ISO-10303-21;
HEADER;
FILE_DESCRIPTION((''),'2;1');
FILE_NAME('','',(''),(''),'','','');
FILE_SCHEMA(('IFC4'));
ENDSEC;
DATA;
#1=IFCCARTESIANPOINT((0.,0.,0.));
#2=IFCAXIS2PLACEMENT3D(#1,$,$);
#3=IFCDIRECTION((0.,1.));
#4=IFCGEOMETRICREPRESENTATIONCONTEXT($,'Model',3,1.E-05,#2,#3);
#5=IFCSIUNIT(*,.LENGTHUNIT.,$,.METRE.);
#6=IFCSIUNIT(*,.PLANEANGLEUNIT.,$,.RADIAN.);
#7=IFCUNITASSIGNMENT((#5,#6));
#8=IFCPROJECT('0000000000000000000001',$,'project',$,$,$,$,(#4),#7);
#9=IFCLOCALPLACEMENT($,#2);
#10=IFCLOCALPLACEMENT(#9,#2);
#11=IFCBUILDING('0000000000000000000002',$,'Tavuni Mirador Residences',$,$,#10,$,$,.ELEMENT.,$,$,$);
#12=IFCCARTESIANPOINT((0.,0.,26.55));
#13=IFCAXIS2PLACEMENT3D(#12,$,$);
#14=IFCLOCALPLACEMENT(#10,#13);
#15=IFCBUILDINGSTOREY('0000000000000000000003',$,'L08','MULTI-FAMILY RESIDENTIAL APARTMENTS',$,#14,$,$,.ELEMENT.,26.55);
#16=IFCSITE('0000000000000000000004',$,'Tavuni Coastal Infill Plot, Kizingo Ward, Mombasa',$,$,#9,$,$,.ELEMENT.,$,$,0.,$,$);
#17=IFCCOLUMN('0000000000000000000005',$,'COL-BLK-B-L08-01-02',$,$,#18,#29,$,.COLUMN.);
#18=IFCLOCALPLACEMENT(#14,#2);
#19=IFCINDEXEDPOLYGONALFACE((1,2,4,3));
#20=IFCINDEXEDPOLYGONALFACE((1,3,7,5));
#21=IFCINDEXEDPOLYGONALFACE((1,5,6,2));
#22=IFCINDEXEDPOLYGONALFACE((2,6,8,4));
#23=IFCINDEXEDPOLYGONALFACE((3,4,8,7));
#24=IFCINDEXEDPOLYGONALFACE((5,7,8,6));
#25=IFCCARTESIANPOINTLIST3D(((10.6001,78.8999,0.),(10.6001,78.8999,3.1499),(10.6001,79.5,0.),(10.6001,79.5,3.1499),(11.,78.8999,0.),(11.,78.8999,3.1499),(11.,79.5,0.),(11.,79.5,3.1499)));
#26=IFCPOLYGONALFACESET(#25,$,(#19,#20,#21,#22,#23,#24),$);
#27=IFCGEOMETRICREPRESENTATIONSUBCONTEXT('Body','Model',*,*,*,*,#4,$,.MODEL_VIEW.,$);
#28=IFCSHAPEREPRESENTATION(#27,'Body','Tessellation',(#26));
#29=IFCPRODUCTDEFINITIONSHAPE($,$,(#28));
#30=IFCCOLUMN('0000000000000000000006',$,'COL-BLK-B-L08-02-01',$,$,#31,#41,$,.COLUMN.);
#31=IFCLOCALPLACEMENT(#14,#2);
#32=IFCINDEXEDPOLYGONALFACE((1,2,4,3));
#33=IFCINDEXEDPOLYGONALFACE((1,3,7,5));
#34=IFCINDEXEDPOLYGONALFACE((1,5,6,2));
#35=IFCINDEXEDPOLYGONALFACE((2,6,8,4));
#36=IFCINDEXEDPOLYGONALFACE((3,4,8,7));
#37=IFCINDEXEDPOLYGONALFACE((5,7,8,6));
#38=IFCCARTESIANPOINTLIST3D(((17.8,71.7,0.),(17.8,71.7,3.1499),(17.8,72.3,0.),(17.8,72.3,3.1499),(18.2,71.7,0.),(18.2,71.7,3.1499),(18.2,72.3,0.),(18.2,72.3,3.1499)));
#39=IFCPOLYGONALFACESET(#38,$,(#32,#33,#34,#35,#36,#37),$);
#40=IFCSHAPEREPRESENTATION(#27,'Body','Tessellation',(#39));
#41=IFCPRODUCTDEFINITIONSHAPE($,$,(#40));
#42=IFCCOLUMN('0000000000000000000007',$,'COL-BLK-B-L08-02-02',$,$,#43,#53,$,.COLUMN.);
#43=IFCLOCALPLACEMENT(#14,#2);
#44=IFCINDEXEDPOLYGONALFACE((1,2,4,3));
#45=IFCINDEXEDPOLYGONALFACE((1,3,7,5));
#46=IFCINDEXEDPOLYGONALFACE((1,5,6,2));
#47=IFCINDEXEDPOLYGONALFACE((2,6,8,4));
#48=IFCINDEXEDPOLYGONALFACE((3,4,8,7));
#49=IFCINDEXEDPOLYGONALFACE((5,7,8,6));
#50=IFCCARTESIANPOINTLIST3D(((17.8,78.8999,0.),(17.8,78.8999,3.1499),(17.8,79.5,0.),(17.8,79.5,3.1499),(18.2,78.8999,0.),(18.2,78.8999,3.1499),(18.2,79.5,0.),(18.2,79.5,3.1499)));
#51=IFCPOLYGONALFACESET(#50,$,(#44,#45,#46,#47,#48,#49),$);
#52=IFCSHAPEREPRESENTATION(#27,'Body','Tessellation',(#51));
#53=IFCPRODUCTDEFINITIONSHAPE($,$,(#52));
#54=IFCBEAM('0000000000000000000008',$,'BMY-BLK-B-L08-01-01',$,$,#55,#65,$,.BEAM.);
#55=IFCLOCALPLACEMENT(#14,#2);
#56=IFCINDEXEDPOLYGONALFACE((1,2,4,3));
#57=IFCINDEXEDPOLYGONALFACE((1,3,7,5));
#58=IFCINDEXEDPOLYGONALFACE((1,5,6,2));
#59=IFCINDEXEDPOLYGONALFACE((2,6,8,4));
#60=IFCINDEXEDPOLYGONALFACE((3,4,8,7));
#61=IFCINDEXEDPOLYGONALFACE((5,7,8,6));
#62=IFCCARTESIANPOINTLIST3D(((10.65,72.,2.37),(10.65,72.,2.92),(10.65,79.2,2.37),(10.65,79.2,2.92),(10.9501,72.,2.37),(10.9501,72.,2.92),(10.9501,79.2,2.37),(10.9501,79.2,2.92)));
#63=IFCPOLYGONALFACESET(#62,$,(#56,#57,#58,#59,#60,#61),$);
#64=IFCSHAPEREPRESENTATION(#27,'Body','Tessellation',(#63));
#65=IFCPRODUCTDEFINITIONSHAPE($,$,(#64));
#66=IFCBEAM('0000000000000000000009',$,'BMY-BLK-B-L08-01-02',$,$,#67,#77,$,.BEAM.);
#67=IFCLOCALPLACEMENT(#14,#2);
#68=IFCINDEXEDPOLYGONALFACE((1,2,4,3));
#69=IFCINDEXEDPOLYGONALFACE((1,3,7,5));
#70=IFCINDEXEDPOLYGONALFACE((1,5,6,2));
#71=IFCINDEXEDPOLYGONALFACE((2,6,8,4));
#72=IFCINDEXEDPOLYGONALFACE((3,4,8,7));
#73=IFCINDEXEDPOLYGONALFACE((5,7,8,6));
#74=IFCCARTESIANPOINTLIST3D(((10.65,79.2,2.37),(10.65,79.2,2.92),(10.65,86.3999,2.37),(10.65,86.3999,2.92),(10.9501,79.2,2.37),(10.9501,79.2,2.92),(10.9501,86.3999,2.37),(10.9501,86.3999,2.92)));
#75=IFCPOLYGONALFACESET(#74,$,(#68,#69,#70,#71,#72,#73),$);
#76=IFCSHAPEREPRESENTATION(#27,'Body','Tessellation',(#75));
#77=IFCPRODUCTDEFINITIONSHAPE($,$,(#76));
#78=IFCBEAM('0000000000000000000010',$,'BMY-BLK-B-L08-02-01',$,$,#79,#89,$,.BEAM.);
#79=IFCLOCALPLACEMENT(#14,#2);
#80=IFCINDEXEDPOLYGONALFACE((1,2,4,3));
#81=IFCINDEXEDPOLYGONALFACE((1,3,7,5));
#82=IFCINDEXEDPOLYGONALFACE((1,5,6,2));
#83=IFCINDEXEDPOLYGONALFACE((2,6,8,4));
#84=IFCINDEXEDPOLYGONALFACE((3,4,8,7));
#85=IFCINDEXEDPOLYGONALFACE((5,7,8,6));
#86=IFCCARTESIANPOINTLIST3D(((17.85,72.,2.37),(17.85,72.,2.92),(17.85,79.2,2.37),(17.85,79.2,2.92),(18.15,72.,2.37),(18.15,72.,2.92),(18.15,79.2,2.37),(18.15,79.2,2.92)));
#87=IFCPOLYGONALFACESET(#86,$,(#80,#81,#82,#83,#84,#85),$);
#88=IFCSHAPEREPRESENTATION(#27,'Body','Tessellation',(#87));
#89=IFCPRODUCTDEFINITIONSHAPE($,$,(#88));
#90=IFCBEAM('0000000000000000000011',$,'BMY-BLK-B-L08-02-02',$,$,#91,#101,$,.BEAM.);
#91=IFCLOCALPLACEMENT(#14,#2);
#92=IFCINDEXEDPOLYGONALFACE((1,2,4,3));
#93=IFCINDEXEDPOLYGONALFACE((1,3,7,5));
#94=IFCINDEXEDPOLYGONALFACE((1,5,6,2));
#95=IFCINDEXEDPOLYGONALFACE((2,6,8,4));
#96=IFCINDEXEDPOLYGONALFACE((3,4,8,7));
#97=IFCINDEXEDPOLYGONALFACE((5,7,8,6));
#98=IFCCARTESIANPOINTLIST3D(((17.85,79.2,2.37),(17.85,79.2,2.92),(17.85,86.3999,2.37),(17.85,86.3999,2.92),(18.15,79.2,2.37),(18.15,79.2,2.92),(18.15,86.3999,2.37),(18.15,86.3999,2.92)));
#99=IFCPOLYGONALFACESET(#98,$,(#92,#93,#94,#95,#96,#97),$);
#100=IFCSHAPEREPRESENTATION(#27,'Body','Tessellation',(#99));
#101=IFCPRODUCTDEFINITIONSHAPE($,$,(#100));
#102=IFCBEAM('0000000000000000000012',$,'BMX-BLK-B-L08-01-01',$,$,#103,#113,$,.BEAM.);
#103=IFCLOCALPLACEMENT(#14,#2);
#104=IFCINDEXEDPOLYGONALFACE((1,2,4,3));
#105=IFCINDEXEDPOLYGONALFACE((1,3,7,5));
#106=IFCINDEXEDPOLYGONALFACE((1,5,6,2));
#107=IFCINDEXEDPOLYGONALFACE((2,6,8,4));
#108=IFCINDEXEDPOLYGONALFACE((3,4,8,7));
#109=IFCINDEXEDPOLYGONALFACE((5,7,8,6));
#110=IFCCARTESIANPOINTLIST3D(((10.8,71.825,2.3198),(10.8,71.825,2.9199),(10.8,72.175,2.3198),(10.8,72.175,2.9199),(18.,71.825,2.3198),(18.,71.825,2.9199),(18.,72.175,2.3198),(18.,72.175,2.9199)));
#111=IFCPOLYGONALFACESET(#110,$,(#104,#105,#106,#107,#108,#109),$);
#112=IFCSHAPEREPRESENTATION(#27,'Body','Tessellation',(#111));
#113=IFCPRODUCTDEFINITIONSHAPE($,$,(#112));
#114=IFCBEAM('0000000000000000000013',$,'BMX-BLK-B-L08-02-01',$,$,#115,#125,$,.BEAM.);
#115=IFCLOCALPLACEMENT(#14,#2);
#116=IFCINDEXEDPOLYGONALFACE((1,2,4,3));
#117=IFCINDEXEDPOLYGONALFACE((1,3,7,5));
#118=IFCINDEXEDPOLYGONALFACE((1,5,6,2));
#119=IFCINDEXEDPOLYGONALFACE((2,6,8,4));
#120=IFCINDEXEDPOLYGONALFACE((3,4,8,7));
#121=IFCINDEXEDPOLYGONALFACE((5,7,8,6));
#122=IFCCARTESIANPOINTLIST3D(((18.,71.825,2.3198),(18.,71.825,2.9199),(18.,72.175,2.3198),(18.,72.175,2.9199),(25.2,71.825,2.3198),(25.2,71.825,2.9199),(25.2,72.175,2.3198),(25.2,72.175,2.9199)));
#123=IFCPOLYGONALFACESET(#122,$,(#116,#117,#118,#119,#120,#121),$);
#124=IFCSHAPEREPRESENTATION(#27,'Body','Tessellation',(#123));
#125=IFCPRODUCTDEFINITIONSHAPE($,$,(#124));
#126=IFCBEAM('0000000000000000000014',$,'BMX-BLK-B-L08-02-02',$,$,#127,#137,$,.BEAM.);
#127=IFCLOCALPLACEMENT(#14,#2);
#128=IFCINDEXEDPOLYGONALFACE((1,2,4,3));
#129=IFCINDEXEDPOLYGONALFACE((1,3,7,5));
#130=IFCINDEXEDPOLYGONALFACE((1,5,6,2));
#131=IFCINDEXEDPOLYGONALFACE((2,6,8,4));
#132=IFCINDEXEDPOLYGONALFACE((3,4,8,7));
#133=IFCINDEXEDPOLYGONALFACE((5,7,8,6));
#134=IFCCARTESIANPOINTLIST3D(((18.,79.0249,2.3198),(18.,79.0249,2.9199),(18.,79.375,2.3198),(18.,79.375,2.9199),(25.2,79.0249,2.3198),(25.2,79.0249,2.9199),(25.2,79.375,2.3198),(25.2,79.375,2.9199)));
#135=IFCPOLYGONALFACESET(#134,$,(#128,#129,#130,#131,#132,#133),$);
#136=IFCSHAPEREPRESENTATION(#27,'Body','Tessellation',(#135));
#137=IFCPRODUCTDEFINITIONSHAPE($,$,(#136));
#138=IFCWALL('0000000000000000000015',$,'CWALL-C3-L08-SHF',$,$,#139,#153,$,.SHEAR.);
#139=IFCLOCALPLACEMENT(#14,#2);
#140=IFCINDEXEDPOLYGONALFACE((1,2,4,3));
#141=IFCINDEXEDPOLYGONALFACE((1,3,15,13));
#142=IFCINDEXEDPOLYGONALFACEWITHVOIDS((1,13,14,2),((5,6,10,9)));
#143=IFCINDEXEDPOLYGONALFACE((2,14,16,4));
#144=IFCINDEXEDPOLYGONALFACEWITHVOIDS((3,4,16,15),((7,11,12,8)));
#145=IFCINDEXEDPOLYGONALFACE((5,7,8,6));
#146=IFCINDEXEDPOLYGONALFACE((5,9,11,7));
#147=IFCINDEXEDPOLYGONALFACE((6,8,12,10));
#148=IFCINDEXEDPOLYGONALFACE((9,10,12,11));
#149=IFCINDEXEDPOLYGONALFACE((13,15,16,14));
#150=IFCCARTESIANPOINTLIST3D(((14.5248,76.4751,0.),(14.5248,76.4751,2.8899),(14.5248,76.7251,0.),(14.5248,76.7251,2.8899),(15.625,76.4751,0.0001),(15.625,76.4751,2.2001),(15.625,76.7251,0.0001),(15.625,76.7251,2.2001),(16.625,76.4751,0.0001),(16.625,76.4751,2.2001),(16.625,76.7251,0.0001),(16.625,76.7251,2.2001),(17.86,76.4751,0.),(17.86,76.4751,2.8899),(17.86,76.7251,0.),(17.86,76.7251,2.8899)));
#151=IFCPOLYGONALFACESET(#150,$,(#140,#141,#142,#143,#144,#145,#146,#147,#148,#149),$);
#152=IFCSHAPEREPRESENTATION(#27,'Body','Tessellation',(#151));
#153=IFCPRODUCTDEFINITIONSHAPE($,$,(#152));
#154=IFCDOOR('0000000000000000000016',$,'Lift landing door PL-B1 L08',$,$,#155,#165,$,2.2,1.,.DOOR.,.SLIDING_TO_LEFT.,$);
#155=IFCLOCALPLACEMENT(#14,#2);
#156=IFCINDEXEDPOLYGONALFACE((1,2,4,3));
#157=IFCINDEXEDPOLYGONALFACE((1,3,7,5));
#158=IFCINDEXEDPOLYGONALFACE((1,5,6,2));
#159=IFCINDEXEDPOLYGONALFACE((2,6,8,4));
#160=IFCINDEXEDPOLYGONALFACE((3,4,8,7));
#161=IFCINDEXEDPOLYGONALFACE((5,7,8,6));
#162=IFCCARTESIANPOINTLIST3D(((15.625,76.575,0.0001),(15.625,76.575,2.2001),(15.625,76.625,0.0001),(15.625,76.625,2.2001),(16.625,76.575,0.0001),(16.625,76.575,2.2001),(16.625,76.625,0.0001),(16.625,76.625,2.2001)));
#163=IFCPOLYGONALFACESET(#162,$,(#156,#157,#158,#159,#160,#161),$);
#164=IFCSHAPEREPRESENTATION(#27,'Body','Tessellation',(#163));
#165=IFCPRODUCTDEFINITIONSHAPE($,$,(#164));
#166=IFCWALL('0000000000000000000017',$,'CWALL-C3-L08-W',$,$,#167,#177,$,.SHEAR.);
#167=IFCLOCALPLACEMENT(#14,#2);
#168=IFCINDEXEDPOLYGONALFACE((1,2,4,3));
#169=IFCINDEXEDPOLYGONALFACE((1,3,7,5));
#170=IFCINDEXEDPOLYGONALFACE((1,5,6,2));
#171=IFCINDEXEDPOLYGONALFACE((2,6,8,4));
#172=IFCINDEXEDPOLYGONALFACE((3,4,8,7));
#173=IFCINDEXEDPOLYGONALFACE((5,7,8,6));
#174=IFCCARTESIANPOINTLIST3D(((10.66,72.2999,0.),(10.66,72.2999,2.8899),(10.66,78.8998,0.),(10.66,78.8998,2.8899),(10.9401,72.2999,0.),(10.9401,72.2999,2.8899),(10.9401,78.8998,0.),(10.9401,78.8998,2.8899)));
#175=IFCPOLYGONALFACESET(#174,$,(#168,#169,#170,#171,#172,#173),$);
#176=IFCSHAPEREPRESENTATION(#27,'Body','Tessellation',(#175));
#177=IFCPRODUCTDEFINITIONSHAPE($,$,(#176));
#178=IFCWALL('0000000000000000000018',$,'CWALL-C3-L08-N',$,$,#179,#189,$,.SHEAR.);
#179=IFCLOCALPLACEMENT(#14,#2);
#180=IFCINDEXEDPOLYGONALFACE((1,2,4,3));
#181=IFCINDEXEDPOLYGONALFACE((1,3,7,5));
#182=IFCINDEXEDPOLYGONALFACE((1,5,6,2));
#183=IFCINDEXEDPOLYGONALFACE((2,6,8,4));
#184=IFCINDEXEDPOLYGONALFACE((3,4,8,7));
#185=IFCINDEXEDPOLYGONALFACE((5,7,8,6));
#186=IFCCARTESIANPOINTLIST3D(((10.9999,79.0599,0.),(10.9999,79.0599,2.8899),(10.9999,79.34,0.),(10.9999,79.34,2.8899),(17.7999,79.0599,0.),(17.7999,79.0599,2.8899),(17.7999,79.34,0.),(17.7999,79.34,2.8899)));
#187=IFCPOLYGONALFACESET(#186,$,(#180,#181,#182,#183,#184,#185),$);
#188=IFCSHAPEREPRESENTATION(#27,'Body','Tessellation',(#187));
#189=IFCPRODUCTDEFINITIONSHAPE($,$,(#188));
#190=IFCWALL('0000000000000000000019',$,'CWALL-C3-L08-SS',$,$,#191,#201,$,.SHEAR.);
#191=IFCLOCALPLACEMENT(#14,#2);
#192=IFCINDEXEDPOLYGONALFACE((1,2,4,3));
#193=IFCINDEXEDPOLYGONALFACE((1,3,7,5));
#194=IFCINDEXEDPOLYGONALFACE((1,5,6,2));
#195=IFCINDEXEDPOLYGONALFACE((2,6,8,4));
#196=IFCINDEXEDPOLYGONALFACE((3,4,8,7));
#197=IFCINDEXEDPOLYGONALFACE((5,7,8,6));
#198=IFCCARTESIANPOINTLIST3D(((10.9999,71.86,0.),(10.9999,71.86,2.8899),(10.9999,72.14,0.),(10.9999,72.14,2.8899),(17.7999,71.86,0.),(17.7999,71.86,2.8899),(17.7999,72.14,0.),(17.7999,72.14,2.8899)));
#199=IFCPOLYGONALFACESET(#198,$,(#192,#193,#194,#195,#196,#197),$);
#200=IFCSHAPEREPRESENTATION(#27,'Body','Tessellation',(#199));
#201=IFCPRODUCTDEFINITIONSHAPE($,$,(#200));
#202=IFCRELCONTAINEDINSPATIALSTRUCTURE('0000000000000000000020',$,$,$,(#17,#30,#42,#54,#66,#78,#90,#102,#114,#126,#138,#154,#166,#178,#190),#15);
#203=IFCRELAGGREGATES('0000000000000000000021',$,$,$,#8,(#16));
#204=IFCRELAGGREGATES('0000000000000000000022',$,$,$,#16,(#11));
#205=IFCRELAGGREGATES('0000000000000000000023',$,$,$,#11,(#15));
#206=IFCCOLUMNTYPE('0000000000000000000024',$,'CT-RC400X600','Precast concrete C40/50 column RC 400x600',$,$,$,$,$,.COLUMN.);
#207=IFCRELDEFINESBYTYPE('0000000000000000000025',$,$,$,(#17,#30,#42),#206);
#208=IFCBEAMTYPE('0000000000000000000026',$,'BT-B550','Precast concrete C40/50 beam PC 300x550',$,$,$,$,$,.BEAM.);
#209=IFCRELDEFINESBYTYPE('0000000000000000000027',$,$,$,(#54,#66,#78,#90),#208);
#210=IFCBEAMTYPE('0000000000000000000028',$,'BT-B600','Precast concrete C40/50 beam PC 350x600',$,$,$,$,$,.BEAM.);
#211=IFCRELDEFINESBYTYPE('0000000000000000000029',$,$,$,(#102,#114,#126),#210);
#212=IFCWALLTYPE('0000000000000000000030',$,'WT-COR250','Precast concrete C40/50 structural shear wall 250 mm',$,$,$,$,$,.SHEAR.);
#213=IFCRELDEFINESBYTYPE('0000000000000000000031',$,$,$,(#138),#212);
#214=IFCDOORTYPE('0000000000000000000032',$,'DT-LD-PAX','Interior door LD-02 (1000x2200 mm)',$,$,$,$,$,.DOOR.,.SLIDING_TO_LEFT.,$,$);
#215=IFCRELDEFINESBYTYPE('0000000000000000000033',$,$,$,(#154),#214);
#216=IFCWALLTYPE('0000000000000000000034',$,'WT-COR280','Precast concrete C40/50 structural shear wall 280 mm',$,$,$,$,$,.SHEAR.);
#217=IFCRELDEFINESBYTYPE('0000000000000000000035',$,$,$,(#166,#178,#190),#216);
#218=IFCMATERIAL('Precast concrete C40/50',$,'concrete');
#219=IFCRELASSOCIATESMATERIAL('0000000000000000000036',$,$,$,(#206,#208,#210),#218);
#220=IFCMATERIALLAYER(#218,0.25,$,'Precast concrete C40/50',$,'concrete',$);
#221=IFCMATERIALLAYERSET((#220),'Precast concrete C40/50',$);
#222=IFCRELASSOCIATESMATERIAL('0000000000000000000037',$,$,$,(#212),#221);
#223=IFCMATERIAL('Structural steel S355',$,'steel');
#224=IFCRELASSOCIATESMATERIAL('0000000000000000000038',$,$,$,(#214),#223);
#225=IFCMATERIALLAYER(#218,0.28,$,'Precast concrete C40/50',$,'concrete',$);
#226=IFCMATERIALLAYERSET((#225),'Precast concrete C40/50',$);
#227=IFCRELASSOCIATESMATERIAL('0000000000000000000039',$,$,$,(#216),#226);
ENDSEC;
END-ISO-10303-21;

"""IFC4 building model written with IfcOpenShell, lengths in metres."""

from ifc_helpers import new_model, si_unit, direction, frame, frame_2d, origin, origin_2d, place, context, subcontext, project, spatial, rectangle, extrude, material, layer, layer_set, material_profile, profile_set, type_object, element, fill, save


model = new_model("IFC4")

# Units and contexts
model_context = context("Model", 3, precision=1e-05, world=origin(), true_north=direction((0.0, 1.0)))
body_context = subcontext(model_context, "Body", "Model", "MODEL_VIEW")
ifc_project = project(units=[si_unit("LENGTHUNIT", "METRE"), si_unit("PLANEANGLEUNIT", "RADIAN")], contexts=[model_context])

# Site, building, storey
site_placement = place(None, origin())
site = spatial("IfcSite", under=ifc_project, at=site_placement, Name="Tavuni Coastal Infill Plot, Kizingo Ward, Mombasa", CompositionType="ELEMENT", RefElevation=0.0)
building_placement = place(site_placement, origin())
building = spatial("IfcBuilding", under=site, at=building_placement, Name="Tavuni Mirador Residences", CompositionType="ELEMENT")
storey_placement = place(building_placement, frame((0.0, 0.0, 26.55)))
storey = spatial("IfcBuildingStorey", under=building, at=storey_placement, Name="L08", Description="MULTI-FAMILY RESIDENTIAL APARTMENTS", CompositionType="ELEMENT", Elevation=26.55)

# Columns
ifc_material_1 = material(Name="Precast concrete C40/50", Category="concrete")
ifc_material_profile_1 = material_profile(ifc_material_1, rectangle(XDim=0.3999, YDim=0.6001, at=origin_2d()), Name="RC 400x600", Category="concrete")
ifc_profile_set_1 = profile_set([ifc_material_profile_1], Name="Precast concrete C40/50")
column_type = type_object("IfcColumnType", Name="CT-RC400X600", Description="Precast concrete C40/50 column RC 400x600", PredefinedType="COLUMN", material=ifc_profile_set_1)
for number, where, z_axis, x_axis, name in (
    (1, (10.8, 79.2, 0.0), (0.0, 0.0, 1.0), (1.0, 0.0, 0.0), "COL-BLK-B-L08-01-02"),
    (2, (18.0, 72.0, 0.0), (0.0, 0.0, 1.0), (1.0, 0.0, 0.0), "COL-BLK-B-L08-02-01"),
    (3, (18.0, 79.2, 0.0), (0.0, 0.0, 1.0), (1.0, 0.0, 0.0), "COL-BLK-B-L08-02-02"),
):
    element("IfcColumn", number, at=place(storey_placement, frame(where, z_axis=z_axis, x_axis=x_axis)), inside=storey, type_object=column_type, Name=name, PredefinedType="COLUMN", context=body_context, shape_type="SweptSolid", body=[
        extrude(rectangle(XDim=0.3999, YDim=0.6001, at=origin_2d()), origin(), (0.0, 0.0, 1.0), 3.1499),
    ])

# Beams
ifc_material_profile_2 = material_profile(ifc_material_1, rectangle(XDim=0.3, YDim=0.55, at=origin_2d()), Name="PC 300x550", Category="concrete")
ifc_profile_set_2 = profile_set([ifc_material_profile_2], Name="Precast concrete C40/50")
beam_type_1 = type_object("IfcBeamType", Name="BT-B550", Description="Precast concrete C40/50 beam PC 300x550", PredefinedType="BEAM", material=ifc_profile_set_2)
for number, where, z_axis, x_axis, name in (
    (4, (10.8, 72.0, 2.645), (0.0, 1.0, 0.0), (-1.0, 0.0, 0.0), "BMY-BLK-B-L08-01-01"),
    (5, (10.8, 79.2, 2.645), (0.0, 1.0, 0.0), (-1.0, 0.0, 0.0), "BMY-BLK-B-L08-01-02"),
    (6, (18.0, 72.0, 2.645), (0.0, 1.0, 0.0), (-1.0, 0.0, 0.0), "BMY-BLK-B-L08-02-01"),
    (7, (18.0, 79.2, 2.645), (0.0, 1.0, 0.0), (-1.0, 0.0, 0.0), "BMY-BLK-B-L08-02-02"),
):
    element("IfcBeam", number, at=place(storey_placement, frame(where, z_axis=z_axis, x_axis=x_axis)), inside=storey, type_object=beam_type_1, Name=name, PredefinedType="BEAM", context=body_context, shape_type="SweptSolid", body=[
        extrude(rectangle(XDim=0.3, YDim=0.55, at=origin_2d()), origin(), (0.0, 0.0, 1.0), 7.2),
    ])
ifc_material_profile_3 = material_profile(ifc_material_1, rectangle(XDim=0.3501, YDim=0.6001, at=origin_2d()), Name="PC 350x600", Category="concrete")
ifc_profile_set_3 = profile_set([ifc_material_profile_3], Name="Precast concrete C40/50")
beam_type_2 = type_object("IfcBeamType", Name="BT-B600", Description="Precast concrete C40/50 beam PC 350x600", PredefinedType="BEAM", material=ifc_profile_set_3)
for number, where, z_axis, x_axis, name in (
    (8, (10.8, 72.0, 2.6199), (1.0, 0.0, 0.0), (0.0, 1.0, 0.0), "BMX-BLK-B-L08-01-01"),
    (9, (18.0, 72.0, 2.6199), (1.0, 0.0, 0.0), (0.0, 1.0, 0.0), "BMX-BLK-B-L08-02-01"),
    (10, (18.0, 79.2, 2.6199), (1.0, 0.0, 0.0), (0.0, 1.0, 0.0), "BMX-BLK-B-L08-02-02"),
):
    element("IfcBeam", number, at=place(storey_placement, frame(where, z_axis=z_axis, x_axis=x_axis)), inside=storey, type_object=beam_type_2, Name=name, PredefinedType="BEAM", context=body_context, shape_type="SweptSolid", body=[
        extrude(rectangle(XDim=0.3501, YDim=0.6001, at=origin_2d()), origin(), (0.0, 0.0, 1.0), 7.2),
    ])

# Wall, opening, door
ifc_layer_1 = layer(ifc_material_1, 0.25, Name="Precast concrete C40/50", Category="concrete")
ifc_layer_set_1 = layer_set([ifc_layer_1], Name="Precast concrete C40/50")
wall_type_1 = type_object("IfcWallType", Name="WT-COR250", Description="Precast concrete C40/50 structural shear wall 250 mm", PredefinedType="SHEAR", material=ifc_layer_set_1)
wall_1_placement = place(storey_placement, frame((14.5249, 76.6001, 0.0), z_axis=(0.0, 0.0, 1.0), x_axis=(1.0, 0.0, 0.0)))
wall_1 = element("IfcWall", 11, at=wall_1_placement, inside=storey, type_object=wall_type_1, Name="CWALL-C3-L08-SHF", PredefinedType="SHEAR", context=body_context, shape_type="SweptSolid", body=[
    extrude(rectangle(XDim=3.3352, YDim=0.25, at=frame_2d((1.6675, 0.0))), origin(), (0.0, 0.0, 1.0), 2.8899),
])
opening_1_placement = place(wall_1_placement, frame((1.1001, 0.0, 0.0)))
opening_1 = element("IfcOpeningElement", 12, at=opening_1_placement, cuts=wall_1, PredefinedType="OPENING", context=body_context, shape_type="SweptSolid", body=[
    extrude(rectangle(XDim=1.0, YDim=2.2, at=frame_2d((0.5, 1.1001))), frame((0.0, 0.135, 0.0), z_axis=(0.0, -1.0, 0.0), x_axis=(1.0, 0.0, 0.0)), (0.0, 0.0, 1.0), 0.27),
])
ifc_material_2 = material(Name="Structural steel S355", Category="steel")
door_type_1 = type_object("IfcDoorType", Name="DT-LD-PAX", Description="Interior door LD-02 (1000x2200 mm)", OperationType="SLIDING_TO_LEFT", PredefinedType="DOOR", material=ifc_material_2)
door_1_placement = place(opening_1_placement, origin())
door_1 = element("IfcDoor", 13, at=door_1_placement, inside=storey, type_object=door_type_1, Name="Lift landing door PL-B1 L08", OperationType="SLIDING_TO_LEFT", OverallHeight=2.2, OverallWidth=1.0, PredefinedType="DOOR", context=body_context, shape_type="SweptSolid", body=[
    extrude(rectangle(XDim=1.0, YDim=2.2, at=frame_2d((0.5, 1.1001))), frame((0.0, 0.0249, 0.0), z_axis=(0.0, -1.0, 0.0), x_axis=(1.0, 0.0, 0.0)), (0.0, 0.0, 1.0), 0.05),
])
fill(opening_1, door_1)

# Walls
ifc_layer_2 = layer(ifc_material_1, 0.28, Name="Precast concrete C40/50", Category="concrete")
ifc_layer_set_2 = layer_set([ifc_layer_2], Name="Precast concrete C40/50")
wall_type_2 = type_object("IfcWallType", Name="WT-COR280", Description="Precast concrete C40/50 structural shear wall 280 mm", PredefinedType="SHEAR", material=ifc_layer_set_2)
wall_2_placement = place(storey_placement, frame((10.8, 72.3, 0.0), z_axis=(0.0, 0.0, 1.0), x_axis=(0.0, 1.0, 0.0)))
element("IfcWall", 14, at=wall_2_placement, inside=storey, type_object=wall_type_2, Name="CWALL-C3-L08-W", PredefinedType="SHEAR", context=body_context, shape_type="SweptSolid", body=[
    extrude(rectangle(XDim=6.5999, YDim=0.28, at=frame_2d((3.2998, 0.0))), origin(), (0.0, 0.0, 1.0), 2.8899),
])
wall_3_placement = place(storey_placement, frame((11.0, 79.2, 0.0), z_axis=(0.0, 0.0, 1.0), x_axis=(1.0, 0.0, 0.0)))
element("IfcWall", 15, at=wall_3_placement, inside=storey, type_object=wall_type_2, Name="CWALL-C3-L08-N", PredefinedType="SHEAR", context=body_context, shape_type="SweptSolid", body=[
    extrude(rectangle(XDim=6.8, YDim=0.28, at=frame_2d((3.3999, 0.0))), origin(), (0.0, 0.0, 1.0), 2.8899),
])

# Wall
wall_4_placement = place(storey_placement, frame((11.0, 72.0, 0.0), z_axis=(0.0, 0.0, 1.0), x_axis=(1.0, 0.0, 0.0)))
element("IfcWall", 16, at=wall_4_placement, inside=storey, type_object=wall_type_2, Name="CWALL-C3-L08-SS", PredefinedType="SHEAR", context=body_context, shape_type="SweptSolid", body=[
    extrude(rectangle(XDim=6.8, YDim=0.28, at=frame_2d((3.3999, 0.0))), origin(), (0.0, 0.0, 1.0), 2.8899),
])

save(model, "model.ifc")
